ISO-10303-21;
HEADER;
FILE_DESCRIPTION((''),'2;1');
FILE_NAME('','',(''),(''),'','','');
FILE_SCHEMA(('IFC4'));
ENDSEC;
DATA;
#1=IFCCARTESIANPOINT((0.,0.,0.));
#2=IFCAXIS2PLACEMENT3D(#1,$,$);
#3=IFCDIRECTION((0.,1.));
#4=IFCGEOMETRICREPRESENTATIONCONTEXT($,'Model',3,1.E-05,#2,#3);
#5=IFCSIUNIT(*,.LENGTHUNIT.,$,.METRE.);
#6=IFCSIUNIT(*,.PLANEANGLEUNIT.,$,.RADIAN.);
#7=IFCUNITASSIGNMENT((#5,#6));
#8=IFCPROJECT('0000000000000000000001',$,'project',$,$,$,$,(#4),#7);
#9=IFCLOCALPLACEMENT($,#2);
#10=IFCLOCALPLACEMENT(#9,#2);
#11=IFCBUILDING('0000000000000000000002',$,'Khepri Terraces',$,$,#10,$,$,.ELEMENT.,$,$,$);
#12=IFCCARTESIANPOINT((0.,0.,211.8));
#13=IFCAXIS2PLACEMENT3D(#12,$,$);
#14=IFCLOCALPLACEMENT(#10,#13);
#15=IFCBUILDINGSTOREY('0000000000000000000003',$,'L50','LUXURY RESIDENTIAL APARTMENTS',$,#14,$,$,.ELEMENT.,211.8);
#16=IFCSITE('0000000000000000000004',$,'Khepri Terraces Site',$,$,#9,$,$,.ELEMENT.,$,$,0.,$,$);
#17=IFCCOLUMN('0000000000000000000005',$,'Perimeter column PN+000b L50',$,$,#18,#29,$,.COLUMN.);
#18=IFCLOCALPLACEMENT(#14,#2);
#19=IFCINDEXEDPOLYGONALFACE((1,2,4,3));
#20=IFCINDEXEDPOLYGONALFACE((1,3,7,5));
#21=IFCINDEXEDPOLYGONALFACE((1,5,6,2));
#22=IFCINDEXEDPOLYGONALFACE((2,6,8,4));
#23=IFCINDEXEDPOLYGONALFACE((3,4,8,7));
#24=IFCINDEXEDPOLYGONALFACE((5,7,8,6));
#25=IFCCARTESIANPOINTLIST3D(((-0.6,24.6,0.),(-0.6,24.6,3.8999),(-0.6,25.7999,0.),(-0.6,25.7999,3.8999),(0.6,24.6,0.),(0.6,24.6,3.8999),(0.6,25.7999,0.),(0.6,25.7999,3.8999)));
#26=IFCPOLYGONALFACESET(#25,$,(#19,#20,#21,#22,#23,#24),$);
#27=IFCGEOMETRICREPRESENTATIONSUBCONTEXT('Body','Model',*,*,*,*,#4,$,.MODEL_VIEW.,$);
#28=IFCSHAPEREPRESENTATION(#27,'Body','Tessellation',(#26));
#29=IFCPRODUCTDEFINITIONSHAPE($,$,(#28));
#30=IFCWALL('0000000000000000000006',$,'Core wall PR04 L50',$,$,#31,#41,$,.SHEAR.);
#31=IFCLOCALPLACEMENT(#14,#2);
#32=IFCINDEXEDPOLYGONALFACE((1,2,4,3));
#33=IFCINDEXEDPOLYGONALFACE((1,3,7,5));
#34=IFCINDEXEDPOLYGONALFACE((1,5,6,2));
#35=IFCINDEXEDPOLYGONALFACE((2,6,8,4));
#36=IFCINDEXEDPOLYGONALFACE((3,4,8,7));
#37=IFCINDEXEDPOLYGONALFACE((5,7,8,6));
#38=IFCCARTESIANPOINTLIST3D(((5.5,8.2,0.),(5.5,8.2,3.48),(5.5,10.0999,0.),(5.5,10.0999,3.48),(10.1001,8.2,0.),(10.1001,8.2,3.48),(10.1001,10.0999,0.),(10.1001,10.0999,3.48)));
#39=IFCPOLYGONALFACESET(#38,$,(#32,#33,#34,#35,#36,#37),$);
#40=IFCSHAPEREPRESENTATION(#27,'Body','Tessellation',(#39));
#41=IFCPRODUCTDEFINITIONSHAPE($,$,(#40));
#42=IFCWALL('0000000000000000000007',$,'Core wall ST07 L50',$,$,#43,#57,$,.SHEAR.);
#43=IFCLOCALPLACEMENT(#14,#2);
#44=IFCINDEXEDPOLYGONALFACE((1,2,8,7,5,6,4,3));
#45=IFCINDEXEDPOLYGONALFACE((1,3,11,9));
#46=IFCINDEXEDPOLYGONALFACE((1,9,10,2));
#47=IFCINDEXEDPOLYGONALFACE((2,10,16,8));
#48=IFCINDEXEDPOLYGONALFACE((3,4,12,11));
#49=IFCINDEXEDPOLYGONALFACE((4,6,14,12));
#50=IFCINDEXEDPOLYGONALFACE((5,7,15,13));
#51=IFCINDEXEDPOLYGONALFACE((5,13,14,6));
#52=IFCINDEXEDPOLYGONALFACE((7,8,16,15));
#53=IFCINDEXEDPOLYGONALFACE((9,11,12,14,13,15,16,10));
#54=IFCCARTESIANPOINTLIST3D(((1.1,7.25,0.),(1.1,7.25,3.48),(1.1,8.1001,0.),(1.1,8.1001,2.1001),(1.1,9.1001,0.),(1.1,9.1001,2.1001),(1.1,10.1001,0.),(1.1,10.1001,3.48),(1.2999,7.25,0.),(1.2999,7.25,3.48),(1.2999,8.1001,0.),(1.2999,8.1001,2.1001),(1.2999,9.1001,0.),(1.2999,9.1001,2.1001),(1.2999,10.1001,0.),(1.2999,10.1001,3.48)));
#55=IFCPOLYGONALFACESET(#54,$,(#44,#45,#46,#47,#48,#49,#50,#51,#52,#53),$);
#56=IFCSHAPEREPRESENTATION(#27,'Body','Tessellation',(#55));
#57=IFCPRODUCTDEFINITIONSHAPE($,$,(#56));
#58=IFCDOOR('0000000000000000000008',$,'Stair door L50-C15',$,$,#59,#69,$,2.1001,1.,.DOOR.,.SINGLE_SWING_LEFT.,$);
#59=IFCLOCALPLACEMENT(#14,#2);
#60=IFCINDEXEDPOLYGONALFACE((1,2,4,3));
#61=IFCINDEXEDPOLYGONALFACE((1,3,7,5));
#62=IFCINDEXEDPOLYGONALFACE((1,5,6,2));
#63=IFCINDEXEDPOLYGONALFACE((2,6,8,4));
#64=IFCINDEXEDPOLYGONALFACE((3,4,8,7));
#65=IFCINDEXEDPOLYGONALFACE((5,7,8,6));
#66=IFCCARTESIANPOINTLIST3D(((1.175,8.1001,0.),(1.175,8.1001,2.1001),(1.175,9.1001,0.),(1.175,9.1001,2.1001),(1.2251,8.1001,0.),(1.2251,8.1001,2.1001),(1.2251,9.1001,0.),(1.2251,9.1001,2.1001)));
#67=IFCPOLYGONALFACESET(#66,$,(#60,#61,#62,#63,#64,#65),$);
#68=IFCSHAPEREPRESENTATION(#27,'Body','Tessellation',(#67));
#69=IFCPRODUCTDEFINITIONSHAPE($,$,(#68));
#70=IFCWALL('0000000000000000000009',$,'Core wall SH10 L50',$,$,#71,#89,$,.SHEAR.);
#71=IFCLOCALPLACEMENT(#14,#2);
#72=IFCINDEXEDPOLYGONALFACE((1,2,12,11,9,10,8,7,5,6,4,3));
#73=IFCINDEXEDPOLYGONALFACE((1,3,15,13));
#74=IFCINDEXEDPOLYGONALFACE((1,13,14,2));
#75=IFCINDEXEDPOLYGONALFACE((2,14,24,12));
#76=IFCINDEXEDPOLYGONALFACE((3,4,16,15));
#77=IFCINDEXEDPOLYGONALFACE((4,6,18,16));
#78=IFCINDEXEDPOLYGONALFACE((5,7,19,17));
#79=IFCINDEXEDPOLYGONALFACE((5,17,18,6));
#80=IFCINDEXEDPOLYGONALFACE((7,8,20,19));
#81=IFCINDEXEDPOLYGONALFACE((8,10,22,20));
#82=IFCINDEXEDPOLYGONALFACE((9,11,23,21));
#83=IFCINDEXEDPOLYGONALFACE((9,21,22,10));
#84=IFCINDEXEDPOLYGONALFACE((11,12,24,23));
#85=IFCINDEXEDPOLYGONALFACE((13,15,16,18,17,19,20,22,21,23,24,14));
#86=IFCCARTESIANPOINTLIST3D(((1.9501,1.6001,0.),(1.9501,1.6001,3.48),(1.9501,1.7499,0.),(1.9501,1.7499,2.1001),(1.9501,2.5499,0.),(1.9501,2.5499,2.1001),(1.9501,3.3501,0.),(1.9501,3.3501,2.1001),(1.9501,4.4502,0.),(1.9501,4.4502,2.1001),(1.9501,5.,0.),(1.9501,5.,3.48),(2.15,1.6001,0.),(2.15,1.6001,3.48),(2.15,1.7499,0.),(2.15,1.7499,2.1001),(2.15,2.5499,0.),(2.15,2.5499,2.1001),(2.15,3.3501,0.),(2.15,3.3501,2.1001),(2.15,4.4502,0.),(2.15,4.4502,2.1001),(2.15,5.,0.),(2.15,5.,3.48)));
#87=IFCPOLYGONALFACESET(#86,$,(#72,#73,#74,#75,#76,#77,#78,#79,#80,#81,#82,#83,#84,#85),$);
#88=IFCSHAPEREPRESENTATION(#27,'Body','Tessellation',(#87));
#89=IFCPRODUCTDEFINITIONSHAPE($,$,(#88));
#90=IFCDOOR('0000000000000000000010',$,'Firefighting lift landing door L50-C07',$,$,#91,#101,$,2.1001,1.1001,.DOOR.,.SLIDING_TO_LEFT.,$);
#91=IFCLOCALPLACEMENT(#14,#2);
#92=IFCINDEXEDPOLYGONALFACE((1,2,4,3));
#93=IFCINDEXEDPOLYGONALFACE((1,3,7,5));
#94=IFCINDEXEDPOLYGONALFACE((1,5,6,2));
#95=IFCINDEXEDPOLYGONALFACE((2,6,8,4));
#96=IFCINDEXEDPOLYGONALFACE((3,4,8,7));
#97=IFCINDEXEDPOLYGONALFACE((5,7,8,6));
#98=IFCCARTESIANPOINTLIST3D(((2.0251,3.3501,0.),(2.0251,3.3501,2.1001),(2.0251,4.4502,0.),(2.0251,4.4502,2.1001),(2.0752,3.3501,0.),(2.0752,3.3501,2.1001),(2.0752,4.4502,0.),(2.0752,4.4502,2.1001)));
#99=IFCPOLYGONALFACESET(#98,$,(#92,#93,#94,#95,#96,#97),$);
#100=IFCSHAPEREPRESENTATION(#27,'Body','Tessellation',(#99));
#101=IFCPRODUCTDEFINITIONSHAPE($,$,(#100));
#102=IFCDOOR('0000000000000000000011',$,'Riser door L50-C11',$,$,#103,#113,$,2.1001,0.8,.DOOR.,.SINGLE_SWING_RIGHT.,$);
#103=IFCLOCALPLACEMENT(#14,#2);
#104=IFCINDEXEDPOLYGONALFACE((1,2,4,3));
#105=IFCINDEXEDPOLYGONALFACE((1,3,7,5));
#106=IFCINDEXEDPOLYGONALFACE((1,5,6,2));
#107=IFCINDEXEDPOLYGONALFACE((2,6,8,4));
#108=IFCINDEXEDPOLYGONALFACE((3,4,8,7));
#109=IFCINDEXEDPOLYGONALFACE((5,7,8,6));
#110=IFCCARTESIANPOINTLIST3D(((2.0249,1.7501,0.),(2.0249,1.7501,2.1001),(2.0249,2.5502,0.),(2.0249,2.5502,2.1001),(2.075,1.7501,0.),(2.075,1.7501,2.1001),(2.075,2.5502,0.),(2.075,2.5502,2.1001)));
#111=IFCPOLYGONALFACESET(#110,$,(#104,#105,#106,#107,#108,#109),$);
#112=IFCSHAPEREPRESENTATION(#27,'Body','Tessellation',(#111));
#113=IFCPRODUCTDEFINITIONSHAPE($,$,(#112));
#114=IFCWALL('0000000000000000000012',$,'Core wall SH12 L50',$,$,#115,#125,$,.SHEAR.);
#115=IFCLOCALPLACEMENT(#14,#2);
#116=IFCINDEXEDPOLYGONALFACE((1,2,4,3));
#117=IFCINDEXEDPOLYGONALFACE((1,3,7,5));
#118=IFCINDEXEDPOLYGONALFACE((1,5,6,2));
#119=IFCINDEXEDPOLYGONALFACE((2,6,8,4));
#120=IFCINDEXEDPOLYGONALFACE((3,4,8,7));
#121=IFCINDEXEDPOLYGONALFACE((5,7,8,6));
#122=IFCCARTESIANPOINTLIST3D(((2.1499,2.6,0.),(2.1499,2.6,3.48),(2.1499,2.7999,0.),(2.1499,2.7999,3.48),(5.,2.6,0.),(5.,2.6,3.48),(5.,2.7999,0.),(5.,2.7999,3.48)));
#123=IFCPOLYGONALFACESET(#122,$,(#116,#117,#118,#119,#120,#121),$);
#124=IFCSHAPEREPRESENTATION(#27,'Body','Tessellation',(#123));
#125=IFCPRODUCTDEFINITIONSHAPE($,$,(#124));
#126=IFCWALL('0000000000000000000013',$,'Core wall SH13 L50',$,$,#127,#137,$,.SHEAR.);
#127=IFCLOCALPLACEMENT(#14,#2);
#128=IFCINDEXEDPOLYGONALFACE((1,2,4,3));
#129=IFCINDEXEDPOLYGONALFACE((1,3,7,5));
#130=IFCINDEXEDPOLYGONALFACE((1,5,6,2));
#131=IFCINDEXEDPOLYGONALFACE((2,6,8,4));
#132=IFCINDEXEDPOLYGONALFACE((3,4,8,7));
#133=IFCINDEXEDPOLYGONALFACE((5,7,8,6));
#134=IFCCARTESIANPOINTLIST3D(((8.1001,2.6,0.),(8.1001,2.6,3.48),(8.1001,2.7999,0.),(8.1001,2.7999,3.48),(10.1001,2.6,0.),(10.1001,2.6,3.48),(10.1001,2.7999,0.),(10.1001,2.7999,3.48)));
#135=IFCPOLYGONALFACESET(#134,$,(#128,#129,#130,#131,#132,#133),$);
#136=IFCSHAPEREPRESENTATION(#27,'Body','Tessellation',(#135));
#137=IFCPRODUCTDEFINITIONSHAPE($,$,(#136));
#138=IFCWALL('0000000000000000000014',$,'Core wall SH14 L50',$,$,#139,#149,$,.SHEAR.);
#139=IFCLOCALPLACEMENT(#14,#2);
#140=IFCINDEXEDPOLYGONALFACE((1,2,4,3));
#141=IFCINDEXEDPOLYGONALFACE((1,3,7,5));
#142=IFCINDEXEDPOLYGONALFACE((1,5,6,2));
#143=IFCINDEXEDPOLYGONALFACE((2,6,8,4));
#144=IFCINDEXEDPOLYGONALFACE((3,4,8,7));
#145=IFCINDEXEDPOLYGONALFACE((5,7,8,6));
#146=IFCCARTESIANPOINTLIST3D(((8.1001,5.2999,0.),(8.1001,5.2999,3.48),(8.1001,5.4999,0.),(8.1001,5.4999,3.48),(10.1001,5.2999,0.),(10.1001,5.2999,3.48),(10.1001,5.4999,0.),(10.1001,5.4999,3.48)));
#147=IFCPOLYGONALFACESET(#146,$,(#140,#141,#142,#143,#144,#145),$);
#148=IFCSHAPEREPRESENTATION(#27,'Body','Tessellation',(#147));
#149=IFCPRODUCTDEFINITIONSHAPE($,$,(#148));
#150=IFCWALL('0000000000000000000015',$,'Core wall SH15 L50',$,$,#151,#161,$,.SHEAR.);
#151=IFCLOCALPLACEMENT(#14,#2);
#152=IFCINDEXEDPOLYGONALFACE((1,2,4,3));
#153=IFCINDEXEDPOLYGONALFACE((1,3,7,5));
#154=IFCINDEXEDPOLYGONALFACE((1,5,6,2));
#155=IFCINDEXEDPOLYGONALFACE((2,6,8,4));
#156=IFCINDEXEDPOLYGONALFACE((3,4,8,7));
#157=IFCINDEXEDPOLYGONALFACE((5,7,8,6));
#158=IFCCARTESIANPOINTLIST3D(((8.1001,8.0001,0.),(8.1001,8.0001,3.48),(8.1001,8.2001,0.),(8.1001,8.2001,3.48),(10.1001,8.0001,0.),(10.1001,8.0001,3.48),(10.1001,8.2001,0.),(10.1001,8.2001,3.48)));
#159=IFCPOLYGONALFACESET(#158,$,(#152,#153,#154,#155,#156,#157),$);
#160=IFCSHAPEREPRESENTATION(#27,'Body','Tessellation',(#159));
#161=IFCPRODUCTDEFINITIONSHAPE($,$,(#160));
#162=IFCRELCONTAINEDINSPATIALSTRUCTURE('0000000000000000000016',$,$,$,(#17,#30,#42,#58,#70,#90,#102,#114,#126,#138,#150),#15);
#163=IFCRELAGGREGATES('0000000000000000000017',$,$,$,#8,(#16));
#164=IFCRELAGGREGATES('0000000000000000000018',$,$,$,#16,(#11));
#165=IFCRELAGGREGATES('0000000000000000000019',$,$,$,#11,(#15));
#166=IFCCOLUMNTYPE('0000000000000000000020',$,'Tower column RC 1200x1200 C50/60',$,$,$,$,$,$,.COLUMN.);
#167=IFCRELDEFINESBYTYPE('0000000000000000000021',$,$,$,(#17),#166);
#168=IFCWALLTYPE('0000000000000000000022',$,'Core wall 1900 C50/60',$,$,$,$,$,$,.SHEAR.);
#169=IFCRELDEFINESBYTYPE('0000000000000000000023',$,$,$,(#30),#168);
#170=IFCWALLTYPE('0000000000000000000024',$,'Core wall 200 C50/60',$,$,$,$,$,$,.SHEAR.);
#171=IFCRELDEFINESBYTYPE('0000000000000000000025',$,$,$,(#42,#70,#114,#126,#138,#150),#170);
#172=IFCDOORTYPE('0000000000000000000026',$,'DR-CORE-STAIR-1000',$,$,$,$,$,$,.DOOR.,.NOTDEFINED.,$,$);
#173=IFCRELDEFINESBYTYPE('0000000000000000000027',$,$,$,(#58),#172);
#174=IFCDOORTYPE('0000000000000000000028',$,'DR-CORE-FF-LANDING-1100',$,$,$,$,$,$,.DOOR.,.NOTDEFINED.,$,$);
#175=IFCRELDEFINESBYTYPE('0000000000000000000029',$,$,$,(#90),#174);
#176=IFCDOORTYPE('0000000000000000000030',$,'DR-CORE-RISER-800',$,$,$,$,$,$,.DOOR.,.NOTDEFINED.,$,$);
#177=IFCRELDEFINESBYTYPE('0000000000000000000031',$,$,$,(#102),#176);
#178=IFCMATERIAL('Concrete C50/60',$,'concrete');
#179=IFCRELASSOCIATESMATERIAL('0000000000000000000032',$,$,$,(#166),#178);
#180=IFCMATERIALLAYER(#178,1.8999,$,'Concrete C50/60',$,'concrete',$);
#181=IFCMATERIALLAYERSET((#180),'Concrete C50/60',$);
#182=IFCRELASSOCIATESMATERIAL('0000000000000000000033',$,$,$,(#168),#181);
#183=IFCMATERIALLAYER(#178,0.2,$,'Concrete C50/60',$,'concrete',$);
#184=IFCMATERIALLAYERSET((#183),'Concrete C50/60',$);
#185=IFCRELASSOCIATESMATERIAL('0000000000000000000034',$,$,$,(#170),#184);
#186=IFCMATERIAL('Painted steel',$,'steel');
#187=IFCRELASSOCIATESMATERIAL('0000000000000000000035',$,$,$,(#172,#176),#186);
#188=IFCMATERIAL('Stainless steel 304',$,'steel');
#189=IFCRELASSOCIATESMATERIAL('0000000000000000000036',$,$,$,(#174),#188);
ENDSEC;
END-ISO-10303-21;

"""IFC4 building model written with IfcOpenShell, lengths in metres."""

from ifc_helpers import new_model, si_unit, direction, frame, frame_2d, origin, origin_2d, place, context, subcontext, project, spatial, rectangle, extrude, material, layer, layer_set, material_profile, profile_set, type_object, element, fill, save


model = new_model("IFC4")

# Units and contexts
model_context = context("Model", 3, precision=1e-05, world=origin(), true_north=direction((0.0, 1.0)))
body_context = subcontext(model_context, "Body", "Model", "MODEL_VIEW")
ifc_project = project(units=[si_unit("LENGTHUNIT", "METRE"), si_unit("PLANEANGLEUNIT", "RADIAN")], contexts=[model_context])

# Site, building, storey
site_placement = place(None, origin())
site = spatial("IfcSite", under=ifc_project, at=site_placement, Name="Khepri Terraces Site", CompositionType="ELEMENT", RefElevation=0.0)
building_placement = place(site_placement, origin())
building = spatial("IfcBuilding", under=site, at=building_placement, Name="Khepri Terraces", CompositionType="ELEMENT")
storey_placement = place(building_placement, frame((0.0, 0.0, 211.8)))
storey = spatial("IfcBuildingStorey", under=building, at=storey_placement, Name="L50", Description="LUXURY RESIDENTIAL APARTMENTS", CompositionType="ELEMENT", Elevation=211.8)

# Column
ifc_material_1 = material(Name="Concrete C50/60", Category="concrete")
ifc_material_profile = material_profile(ifc_material_1, rectangle(XDim=1.2, YDim=1.2, at=origin_2d()), Name="Concrete C50/60", Category="concrete")
ifc_profile_set = profile_set([ifc_material_profile], Name="Concrete C50/60")
column_type = type_object("IfcColumnType", Name="Tower column RC 1200x1200 C50/60", PredefinedType="COLUMN", material=ifc_profile_set)
column_placement = place(storey_placement, frame((0.0, 25.2, 0.0), z_axis=(0.0, 0.0, 1.0), x_axis=(1.0, 0.0, 0.0)))
element("IfcColumn", 1, at=column_placement, inside=storey, type_object=column_type, Name="Perimeter column PN+000b L50", PredefinedType="COLUMN", context=body_context, shape_type="SweptSolid", body=[
    extrude(rectangle(XDim=1.2, YDim=1.2, at=origin_2d()), origin(), (0.0, 0.0, 1.0), 3.8999),
])

# Wall
ifc_layer_1 = layer(ifc_material_1, 1.8999, Name="Concrete C50/60", Category="concrete")
ifc_layer_set_1 = layer_set([ifc_layer_1], Name="Concrete C50/60")
wall_type_1 = type_object("IfcWallType", Name="Core wall 1900 C50/60", PredefinedType="SHEAR", material=ifc_layer_set_1)
wall_1_placement = place(storey_placement, frame((5.5, 9.1499, 0.0), z_axis=(0.0, 0.0, 1.0), x_axis=(1.0, 0.0, 0.0)))
element("IfcWall", 2, at=wall_1_placement, inside=storey, type_object=wall_type_1, Name="Core wall PR04 L50", PredefinedType="SHEAR", context=body_context, shape_type="SweptSolid", body=[
    extrude(rectangle(XDim=4.6001, YDim=1.8999, at=frame_2d((2.3, 0.0))), origin(), (0.0, 0.0, 1.0), 3.48),
])

# Wall, opening, door
ifc_layer_2 = layer(ifc_material_1, 0.2, Name="Concrete C50/60", Category="concrete")
ifc_layer_set_2 = layer_set([ifc_layer_2], Name="Concrete C50/60")
wall_type_2 = type_object("IfcWallType", Name="Core wall 200 C50/60", PredefinedType="SHEAR", material=ifc_layer_set_2)
wall_2_placement = place(storey_placement, frame((1.2, 7.25, 0.0), z_axis=(0.0, 0.0, 1.0), x_axis=(0.0, 1.0, 0.0)))
wall_2 = element("IfcWall", 3, at=wall_2_placement, inside=storey, type_object=wall_type_2, Name="Core wall ST07 L50", PredefinedType="SHEAR", context=body_context, shape_type="SweptSolid", body=[
    extrude(rectangle(XDim=2.8501, YDim=0.2, at=frame_2d((1.425, 0.0))), origin(), (0.0, 0.0, 1.0), 3.48),
])
opening_1_placement = place(wall_2_placement, frame((0.8501, 0.0, 0.0)))
opening_1 = element("IfcOpeningElement", 4, at=opening_1_placement, cuts=wall_2, PredefinedType="OPENING", context=body_context, shape_type="SweptSolid", body=[
    extrude(rectangle(XDim=1.0, YDim=2.1001, at=frame_2d((0.5, 1.05))), frame((0.0, 0.1099, 0.0), z_axis=(0.0, -1.0, 0.0), x_axis=(1.0, 0.0, 0.0)), (0.0, 0.0, 1.0), 0.22),
])
ifc_material_2 = material(Name="Painted steel", Category="steel")
door_type_1 = type_object("IfcDoorType", Name="DR-CORE-STAIR-1000", OperationType="NOTDEFINED", PredefinedType="DOOR", material=ifc_material_2)
door_1_placement = place(opening_1_placement, origin())
door_1 = element("IfcDoor", 5, at=door_1_placement, inside=storey, type_object=door_type_1, Name="Stair door L50-C15", OperationType="SINGLE_SWING_LEFT", OverallHeight=2.1001, OverallWidth=1.0, PredefinedType="DOOR", context=body_context, shape_type="SweptSolid", body=[
    extrude(rectangle(XDim=1.0, YDim=2.1001, at=frame_2d((0.5, 1.05))), frame((0.0, 0.0249, 0.0), z_axis=(0.0, -1.0, 0.0), x_axis=(1.0, 0.0, 0.0)), (0.0, 0.0, 1.0), 0.05),
])
fill(opening_1, door_1)

# Wall, openings, doors
wall_3_placement = place(storey_placement, frame((2.05, 1.6001, 0.0), z_axis=(0.0, 0.0, 1.0), x_axis=(0.0, 1.0, 0.0)))
wall_3 = element("IfcWall", 6, at=wall_3_placement, inside=storey, type_object=wall_type_2, Name="Core wall SH10 L50", PredefinedType="SHEAR", context=body_context, shape_type="SweptSolid", body=[
    extrude(rectangle(XDim=3.3999, YDim=0.2, at=frame_2d((1.7, 0.0))), origin(), (0.0, 0.0, 1.0), 3.48),
])
opening_2_placement = place(wall_3_placement, frame((1.75, 0.0, 0.0)))
opening_2 = element("IfcOpeningElement", 7, at=opening_2_placement, cuts=wall_3, PredefinedType="OPENING", context=body_context, shape_type="SweptSolid", body=[
    extrude(rectangle(XDim=1.1001, YDim=2.1001, at=frame_2d((0.55, 1.05))), frame((0.0, 0.1099, 0.0), z_axis=(0.0, -1.0, 0.0), x_axis=(1.0, 0.0, 0.0)), (0.0, 0.0, 1.0), 0.22),
])
opening_3_placement = place(wall_3_placement, frame((0.1499, 0.0, 0.0)))
opening_3 = element("IfcOpeningElement", 8, at=opening_3_placement, cuts=wall_3, PredefinedType="OPENING", context=body_context, shape_type="SweptSolid", body=[
    extrude(rectangle(XDim=0.8, YDim=2.1001, at=frame_2d((0.3999, 1.05))), frame((0.0, 0.1099, 0.0), z_axis=(0.0, -1.0, 0.0), x_axis=(1.0, 0.0, 0.0)), (0.0, 0.0, 1.0), 0.22),
])
ifc_material_3 = material(Name="Stainless steel 304", Category="steel")
door_type_2 = type_object("IfcDoorType", Name="DR-CORE-FF-LANDING-1100", OperationType="NOTDEFINED", PredefinedType="DOOR", material=ifc_material_3)
door_2_placement = place(opening_2_placement, origin())
door_2 = element("IfcDoor", 9, at=door_2_placement, inside=storey, type_object=door_type_2, Name="Firefighting lift landing door L50-C07", OperationType="SLIDING_TO_LEFT", OverallHeight=2.1001, OverallWidth=1.1001, PredefinedType="DOOR", context=body_context, shape_type="SweptSolid", body=[
    extrude(rectangle(XDim=1.1001, YDim=2.1001, at=frame_2d((0.55, 1.05))), frame((0.0, 0.0249, 0.0), z_axis=(0.0, -1.0, 0.0), x_axis=(1.0, 0.0, 0.0)), (0.0, 0.0, 1.0), 0.05),
])
fill(opening_2, door_2)
door_type_3 = type_object("IfcDoorType", Name="DR-CORE-RISER-800", OperationType="NOTDEFINED", PredefinedType="DOOR", material=ifc_material_2)
door_3_placement = place(opening_3_placement, frame((0.8, 0.0, 0.0), z_axis=(0.0, 0.0, 1.0), x_axis=(-1.0, 0.0, 0.0)))
door_3 = element("IfcDoor", 10, at=door_3_placement, inside=storey, type_object=door_type_3, Name="Riser door L50-C11", OperationType="SINGLE_SWING_RIGHT", OverallHeight=2.1001, OverallWidth=0.8, PredefinedType="DOOR", context=body_context, shape_type="SweptSolid", body=[
    extrude(rectangle(XDim=0.8, YDim=2.1001, at=frame_2d((0.3999, 1.05))), frame((0.0, 0.0249, 0.0), z_axis=(0.0, -1.0, 0.0), x_axis=(1.0, 0.0, 0.0)), (0.0, 0.0, 1.0), 0.05),
])
fill(opening_3, door_3)

# Walls
wall_4_placement = place(storey_placement, frame((2.1499, 2.7, 0.0), z_axis=(0.0, 0.0, 1.0), x_axis=(1.0, 0.0, 0.0)))
element("IfcWall", 11, at=wall_4_placement, inside=storey, type_object=wall_type_2, Name="Core wall SH12 L50", PredefinedType="SHEAR", context=body_context, shape_type="SweptSolid", body=[
    extrude(rectangle(XDim=2.8501, YDim=0.2, at=frame_2d((1.425, 0.0))), origin(), (0.0, 0.0, 1.0), 3.48),
])
for number, where, z_axis, x_axis, name in (
    (12, (8.1001, 2.7, 0.0), (0.0, 0.0, 1.0), (1.0, 0.0, 0.0), "Core wall SH13 L50"),
    (13, (8.1001, 5.3999, 0.0), (0.0, 0.0, 1.0), (1.0, 0.0, 0.0), "Core wall SH14 L50"),
    (14, (8.1001, 8.1001, 0.0), (0.0, 0.0, 1.0), (1.0, 0.0, 0.0), "Core wall SH15 L50"),
):
    element("IfcWall", number, at=place(storey_placement, frame(where, z_axis=z_axis, x_axis=x_axis)), inside=storey, type_object=wall_type_2, Name=name, PredefinedType="SHEAR", context=body_context, shape_type="SweptSolid", body=[
        extrude(rectangle(XDim=2.0, YDim=0.2, at=frame_2d((1.0, 0.0))), origin(), (0.0, 0.0, 1.0), 3.48),
    ])

save(model, "model.ifc")
